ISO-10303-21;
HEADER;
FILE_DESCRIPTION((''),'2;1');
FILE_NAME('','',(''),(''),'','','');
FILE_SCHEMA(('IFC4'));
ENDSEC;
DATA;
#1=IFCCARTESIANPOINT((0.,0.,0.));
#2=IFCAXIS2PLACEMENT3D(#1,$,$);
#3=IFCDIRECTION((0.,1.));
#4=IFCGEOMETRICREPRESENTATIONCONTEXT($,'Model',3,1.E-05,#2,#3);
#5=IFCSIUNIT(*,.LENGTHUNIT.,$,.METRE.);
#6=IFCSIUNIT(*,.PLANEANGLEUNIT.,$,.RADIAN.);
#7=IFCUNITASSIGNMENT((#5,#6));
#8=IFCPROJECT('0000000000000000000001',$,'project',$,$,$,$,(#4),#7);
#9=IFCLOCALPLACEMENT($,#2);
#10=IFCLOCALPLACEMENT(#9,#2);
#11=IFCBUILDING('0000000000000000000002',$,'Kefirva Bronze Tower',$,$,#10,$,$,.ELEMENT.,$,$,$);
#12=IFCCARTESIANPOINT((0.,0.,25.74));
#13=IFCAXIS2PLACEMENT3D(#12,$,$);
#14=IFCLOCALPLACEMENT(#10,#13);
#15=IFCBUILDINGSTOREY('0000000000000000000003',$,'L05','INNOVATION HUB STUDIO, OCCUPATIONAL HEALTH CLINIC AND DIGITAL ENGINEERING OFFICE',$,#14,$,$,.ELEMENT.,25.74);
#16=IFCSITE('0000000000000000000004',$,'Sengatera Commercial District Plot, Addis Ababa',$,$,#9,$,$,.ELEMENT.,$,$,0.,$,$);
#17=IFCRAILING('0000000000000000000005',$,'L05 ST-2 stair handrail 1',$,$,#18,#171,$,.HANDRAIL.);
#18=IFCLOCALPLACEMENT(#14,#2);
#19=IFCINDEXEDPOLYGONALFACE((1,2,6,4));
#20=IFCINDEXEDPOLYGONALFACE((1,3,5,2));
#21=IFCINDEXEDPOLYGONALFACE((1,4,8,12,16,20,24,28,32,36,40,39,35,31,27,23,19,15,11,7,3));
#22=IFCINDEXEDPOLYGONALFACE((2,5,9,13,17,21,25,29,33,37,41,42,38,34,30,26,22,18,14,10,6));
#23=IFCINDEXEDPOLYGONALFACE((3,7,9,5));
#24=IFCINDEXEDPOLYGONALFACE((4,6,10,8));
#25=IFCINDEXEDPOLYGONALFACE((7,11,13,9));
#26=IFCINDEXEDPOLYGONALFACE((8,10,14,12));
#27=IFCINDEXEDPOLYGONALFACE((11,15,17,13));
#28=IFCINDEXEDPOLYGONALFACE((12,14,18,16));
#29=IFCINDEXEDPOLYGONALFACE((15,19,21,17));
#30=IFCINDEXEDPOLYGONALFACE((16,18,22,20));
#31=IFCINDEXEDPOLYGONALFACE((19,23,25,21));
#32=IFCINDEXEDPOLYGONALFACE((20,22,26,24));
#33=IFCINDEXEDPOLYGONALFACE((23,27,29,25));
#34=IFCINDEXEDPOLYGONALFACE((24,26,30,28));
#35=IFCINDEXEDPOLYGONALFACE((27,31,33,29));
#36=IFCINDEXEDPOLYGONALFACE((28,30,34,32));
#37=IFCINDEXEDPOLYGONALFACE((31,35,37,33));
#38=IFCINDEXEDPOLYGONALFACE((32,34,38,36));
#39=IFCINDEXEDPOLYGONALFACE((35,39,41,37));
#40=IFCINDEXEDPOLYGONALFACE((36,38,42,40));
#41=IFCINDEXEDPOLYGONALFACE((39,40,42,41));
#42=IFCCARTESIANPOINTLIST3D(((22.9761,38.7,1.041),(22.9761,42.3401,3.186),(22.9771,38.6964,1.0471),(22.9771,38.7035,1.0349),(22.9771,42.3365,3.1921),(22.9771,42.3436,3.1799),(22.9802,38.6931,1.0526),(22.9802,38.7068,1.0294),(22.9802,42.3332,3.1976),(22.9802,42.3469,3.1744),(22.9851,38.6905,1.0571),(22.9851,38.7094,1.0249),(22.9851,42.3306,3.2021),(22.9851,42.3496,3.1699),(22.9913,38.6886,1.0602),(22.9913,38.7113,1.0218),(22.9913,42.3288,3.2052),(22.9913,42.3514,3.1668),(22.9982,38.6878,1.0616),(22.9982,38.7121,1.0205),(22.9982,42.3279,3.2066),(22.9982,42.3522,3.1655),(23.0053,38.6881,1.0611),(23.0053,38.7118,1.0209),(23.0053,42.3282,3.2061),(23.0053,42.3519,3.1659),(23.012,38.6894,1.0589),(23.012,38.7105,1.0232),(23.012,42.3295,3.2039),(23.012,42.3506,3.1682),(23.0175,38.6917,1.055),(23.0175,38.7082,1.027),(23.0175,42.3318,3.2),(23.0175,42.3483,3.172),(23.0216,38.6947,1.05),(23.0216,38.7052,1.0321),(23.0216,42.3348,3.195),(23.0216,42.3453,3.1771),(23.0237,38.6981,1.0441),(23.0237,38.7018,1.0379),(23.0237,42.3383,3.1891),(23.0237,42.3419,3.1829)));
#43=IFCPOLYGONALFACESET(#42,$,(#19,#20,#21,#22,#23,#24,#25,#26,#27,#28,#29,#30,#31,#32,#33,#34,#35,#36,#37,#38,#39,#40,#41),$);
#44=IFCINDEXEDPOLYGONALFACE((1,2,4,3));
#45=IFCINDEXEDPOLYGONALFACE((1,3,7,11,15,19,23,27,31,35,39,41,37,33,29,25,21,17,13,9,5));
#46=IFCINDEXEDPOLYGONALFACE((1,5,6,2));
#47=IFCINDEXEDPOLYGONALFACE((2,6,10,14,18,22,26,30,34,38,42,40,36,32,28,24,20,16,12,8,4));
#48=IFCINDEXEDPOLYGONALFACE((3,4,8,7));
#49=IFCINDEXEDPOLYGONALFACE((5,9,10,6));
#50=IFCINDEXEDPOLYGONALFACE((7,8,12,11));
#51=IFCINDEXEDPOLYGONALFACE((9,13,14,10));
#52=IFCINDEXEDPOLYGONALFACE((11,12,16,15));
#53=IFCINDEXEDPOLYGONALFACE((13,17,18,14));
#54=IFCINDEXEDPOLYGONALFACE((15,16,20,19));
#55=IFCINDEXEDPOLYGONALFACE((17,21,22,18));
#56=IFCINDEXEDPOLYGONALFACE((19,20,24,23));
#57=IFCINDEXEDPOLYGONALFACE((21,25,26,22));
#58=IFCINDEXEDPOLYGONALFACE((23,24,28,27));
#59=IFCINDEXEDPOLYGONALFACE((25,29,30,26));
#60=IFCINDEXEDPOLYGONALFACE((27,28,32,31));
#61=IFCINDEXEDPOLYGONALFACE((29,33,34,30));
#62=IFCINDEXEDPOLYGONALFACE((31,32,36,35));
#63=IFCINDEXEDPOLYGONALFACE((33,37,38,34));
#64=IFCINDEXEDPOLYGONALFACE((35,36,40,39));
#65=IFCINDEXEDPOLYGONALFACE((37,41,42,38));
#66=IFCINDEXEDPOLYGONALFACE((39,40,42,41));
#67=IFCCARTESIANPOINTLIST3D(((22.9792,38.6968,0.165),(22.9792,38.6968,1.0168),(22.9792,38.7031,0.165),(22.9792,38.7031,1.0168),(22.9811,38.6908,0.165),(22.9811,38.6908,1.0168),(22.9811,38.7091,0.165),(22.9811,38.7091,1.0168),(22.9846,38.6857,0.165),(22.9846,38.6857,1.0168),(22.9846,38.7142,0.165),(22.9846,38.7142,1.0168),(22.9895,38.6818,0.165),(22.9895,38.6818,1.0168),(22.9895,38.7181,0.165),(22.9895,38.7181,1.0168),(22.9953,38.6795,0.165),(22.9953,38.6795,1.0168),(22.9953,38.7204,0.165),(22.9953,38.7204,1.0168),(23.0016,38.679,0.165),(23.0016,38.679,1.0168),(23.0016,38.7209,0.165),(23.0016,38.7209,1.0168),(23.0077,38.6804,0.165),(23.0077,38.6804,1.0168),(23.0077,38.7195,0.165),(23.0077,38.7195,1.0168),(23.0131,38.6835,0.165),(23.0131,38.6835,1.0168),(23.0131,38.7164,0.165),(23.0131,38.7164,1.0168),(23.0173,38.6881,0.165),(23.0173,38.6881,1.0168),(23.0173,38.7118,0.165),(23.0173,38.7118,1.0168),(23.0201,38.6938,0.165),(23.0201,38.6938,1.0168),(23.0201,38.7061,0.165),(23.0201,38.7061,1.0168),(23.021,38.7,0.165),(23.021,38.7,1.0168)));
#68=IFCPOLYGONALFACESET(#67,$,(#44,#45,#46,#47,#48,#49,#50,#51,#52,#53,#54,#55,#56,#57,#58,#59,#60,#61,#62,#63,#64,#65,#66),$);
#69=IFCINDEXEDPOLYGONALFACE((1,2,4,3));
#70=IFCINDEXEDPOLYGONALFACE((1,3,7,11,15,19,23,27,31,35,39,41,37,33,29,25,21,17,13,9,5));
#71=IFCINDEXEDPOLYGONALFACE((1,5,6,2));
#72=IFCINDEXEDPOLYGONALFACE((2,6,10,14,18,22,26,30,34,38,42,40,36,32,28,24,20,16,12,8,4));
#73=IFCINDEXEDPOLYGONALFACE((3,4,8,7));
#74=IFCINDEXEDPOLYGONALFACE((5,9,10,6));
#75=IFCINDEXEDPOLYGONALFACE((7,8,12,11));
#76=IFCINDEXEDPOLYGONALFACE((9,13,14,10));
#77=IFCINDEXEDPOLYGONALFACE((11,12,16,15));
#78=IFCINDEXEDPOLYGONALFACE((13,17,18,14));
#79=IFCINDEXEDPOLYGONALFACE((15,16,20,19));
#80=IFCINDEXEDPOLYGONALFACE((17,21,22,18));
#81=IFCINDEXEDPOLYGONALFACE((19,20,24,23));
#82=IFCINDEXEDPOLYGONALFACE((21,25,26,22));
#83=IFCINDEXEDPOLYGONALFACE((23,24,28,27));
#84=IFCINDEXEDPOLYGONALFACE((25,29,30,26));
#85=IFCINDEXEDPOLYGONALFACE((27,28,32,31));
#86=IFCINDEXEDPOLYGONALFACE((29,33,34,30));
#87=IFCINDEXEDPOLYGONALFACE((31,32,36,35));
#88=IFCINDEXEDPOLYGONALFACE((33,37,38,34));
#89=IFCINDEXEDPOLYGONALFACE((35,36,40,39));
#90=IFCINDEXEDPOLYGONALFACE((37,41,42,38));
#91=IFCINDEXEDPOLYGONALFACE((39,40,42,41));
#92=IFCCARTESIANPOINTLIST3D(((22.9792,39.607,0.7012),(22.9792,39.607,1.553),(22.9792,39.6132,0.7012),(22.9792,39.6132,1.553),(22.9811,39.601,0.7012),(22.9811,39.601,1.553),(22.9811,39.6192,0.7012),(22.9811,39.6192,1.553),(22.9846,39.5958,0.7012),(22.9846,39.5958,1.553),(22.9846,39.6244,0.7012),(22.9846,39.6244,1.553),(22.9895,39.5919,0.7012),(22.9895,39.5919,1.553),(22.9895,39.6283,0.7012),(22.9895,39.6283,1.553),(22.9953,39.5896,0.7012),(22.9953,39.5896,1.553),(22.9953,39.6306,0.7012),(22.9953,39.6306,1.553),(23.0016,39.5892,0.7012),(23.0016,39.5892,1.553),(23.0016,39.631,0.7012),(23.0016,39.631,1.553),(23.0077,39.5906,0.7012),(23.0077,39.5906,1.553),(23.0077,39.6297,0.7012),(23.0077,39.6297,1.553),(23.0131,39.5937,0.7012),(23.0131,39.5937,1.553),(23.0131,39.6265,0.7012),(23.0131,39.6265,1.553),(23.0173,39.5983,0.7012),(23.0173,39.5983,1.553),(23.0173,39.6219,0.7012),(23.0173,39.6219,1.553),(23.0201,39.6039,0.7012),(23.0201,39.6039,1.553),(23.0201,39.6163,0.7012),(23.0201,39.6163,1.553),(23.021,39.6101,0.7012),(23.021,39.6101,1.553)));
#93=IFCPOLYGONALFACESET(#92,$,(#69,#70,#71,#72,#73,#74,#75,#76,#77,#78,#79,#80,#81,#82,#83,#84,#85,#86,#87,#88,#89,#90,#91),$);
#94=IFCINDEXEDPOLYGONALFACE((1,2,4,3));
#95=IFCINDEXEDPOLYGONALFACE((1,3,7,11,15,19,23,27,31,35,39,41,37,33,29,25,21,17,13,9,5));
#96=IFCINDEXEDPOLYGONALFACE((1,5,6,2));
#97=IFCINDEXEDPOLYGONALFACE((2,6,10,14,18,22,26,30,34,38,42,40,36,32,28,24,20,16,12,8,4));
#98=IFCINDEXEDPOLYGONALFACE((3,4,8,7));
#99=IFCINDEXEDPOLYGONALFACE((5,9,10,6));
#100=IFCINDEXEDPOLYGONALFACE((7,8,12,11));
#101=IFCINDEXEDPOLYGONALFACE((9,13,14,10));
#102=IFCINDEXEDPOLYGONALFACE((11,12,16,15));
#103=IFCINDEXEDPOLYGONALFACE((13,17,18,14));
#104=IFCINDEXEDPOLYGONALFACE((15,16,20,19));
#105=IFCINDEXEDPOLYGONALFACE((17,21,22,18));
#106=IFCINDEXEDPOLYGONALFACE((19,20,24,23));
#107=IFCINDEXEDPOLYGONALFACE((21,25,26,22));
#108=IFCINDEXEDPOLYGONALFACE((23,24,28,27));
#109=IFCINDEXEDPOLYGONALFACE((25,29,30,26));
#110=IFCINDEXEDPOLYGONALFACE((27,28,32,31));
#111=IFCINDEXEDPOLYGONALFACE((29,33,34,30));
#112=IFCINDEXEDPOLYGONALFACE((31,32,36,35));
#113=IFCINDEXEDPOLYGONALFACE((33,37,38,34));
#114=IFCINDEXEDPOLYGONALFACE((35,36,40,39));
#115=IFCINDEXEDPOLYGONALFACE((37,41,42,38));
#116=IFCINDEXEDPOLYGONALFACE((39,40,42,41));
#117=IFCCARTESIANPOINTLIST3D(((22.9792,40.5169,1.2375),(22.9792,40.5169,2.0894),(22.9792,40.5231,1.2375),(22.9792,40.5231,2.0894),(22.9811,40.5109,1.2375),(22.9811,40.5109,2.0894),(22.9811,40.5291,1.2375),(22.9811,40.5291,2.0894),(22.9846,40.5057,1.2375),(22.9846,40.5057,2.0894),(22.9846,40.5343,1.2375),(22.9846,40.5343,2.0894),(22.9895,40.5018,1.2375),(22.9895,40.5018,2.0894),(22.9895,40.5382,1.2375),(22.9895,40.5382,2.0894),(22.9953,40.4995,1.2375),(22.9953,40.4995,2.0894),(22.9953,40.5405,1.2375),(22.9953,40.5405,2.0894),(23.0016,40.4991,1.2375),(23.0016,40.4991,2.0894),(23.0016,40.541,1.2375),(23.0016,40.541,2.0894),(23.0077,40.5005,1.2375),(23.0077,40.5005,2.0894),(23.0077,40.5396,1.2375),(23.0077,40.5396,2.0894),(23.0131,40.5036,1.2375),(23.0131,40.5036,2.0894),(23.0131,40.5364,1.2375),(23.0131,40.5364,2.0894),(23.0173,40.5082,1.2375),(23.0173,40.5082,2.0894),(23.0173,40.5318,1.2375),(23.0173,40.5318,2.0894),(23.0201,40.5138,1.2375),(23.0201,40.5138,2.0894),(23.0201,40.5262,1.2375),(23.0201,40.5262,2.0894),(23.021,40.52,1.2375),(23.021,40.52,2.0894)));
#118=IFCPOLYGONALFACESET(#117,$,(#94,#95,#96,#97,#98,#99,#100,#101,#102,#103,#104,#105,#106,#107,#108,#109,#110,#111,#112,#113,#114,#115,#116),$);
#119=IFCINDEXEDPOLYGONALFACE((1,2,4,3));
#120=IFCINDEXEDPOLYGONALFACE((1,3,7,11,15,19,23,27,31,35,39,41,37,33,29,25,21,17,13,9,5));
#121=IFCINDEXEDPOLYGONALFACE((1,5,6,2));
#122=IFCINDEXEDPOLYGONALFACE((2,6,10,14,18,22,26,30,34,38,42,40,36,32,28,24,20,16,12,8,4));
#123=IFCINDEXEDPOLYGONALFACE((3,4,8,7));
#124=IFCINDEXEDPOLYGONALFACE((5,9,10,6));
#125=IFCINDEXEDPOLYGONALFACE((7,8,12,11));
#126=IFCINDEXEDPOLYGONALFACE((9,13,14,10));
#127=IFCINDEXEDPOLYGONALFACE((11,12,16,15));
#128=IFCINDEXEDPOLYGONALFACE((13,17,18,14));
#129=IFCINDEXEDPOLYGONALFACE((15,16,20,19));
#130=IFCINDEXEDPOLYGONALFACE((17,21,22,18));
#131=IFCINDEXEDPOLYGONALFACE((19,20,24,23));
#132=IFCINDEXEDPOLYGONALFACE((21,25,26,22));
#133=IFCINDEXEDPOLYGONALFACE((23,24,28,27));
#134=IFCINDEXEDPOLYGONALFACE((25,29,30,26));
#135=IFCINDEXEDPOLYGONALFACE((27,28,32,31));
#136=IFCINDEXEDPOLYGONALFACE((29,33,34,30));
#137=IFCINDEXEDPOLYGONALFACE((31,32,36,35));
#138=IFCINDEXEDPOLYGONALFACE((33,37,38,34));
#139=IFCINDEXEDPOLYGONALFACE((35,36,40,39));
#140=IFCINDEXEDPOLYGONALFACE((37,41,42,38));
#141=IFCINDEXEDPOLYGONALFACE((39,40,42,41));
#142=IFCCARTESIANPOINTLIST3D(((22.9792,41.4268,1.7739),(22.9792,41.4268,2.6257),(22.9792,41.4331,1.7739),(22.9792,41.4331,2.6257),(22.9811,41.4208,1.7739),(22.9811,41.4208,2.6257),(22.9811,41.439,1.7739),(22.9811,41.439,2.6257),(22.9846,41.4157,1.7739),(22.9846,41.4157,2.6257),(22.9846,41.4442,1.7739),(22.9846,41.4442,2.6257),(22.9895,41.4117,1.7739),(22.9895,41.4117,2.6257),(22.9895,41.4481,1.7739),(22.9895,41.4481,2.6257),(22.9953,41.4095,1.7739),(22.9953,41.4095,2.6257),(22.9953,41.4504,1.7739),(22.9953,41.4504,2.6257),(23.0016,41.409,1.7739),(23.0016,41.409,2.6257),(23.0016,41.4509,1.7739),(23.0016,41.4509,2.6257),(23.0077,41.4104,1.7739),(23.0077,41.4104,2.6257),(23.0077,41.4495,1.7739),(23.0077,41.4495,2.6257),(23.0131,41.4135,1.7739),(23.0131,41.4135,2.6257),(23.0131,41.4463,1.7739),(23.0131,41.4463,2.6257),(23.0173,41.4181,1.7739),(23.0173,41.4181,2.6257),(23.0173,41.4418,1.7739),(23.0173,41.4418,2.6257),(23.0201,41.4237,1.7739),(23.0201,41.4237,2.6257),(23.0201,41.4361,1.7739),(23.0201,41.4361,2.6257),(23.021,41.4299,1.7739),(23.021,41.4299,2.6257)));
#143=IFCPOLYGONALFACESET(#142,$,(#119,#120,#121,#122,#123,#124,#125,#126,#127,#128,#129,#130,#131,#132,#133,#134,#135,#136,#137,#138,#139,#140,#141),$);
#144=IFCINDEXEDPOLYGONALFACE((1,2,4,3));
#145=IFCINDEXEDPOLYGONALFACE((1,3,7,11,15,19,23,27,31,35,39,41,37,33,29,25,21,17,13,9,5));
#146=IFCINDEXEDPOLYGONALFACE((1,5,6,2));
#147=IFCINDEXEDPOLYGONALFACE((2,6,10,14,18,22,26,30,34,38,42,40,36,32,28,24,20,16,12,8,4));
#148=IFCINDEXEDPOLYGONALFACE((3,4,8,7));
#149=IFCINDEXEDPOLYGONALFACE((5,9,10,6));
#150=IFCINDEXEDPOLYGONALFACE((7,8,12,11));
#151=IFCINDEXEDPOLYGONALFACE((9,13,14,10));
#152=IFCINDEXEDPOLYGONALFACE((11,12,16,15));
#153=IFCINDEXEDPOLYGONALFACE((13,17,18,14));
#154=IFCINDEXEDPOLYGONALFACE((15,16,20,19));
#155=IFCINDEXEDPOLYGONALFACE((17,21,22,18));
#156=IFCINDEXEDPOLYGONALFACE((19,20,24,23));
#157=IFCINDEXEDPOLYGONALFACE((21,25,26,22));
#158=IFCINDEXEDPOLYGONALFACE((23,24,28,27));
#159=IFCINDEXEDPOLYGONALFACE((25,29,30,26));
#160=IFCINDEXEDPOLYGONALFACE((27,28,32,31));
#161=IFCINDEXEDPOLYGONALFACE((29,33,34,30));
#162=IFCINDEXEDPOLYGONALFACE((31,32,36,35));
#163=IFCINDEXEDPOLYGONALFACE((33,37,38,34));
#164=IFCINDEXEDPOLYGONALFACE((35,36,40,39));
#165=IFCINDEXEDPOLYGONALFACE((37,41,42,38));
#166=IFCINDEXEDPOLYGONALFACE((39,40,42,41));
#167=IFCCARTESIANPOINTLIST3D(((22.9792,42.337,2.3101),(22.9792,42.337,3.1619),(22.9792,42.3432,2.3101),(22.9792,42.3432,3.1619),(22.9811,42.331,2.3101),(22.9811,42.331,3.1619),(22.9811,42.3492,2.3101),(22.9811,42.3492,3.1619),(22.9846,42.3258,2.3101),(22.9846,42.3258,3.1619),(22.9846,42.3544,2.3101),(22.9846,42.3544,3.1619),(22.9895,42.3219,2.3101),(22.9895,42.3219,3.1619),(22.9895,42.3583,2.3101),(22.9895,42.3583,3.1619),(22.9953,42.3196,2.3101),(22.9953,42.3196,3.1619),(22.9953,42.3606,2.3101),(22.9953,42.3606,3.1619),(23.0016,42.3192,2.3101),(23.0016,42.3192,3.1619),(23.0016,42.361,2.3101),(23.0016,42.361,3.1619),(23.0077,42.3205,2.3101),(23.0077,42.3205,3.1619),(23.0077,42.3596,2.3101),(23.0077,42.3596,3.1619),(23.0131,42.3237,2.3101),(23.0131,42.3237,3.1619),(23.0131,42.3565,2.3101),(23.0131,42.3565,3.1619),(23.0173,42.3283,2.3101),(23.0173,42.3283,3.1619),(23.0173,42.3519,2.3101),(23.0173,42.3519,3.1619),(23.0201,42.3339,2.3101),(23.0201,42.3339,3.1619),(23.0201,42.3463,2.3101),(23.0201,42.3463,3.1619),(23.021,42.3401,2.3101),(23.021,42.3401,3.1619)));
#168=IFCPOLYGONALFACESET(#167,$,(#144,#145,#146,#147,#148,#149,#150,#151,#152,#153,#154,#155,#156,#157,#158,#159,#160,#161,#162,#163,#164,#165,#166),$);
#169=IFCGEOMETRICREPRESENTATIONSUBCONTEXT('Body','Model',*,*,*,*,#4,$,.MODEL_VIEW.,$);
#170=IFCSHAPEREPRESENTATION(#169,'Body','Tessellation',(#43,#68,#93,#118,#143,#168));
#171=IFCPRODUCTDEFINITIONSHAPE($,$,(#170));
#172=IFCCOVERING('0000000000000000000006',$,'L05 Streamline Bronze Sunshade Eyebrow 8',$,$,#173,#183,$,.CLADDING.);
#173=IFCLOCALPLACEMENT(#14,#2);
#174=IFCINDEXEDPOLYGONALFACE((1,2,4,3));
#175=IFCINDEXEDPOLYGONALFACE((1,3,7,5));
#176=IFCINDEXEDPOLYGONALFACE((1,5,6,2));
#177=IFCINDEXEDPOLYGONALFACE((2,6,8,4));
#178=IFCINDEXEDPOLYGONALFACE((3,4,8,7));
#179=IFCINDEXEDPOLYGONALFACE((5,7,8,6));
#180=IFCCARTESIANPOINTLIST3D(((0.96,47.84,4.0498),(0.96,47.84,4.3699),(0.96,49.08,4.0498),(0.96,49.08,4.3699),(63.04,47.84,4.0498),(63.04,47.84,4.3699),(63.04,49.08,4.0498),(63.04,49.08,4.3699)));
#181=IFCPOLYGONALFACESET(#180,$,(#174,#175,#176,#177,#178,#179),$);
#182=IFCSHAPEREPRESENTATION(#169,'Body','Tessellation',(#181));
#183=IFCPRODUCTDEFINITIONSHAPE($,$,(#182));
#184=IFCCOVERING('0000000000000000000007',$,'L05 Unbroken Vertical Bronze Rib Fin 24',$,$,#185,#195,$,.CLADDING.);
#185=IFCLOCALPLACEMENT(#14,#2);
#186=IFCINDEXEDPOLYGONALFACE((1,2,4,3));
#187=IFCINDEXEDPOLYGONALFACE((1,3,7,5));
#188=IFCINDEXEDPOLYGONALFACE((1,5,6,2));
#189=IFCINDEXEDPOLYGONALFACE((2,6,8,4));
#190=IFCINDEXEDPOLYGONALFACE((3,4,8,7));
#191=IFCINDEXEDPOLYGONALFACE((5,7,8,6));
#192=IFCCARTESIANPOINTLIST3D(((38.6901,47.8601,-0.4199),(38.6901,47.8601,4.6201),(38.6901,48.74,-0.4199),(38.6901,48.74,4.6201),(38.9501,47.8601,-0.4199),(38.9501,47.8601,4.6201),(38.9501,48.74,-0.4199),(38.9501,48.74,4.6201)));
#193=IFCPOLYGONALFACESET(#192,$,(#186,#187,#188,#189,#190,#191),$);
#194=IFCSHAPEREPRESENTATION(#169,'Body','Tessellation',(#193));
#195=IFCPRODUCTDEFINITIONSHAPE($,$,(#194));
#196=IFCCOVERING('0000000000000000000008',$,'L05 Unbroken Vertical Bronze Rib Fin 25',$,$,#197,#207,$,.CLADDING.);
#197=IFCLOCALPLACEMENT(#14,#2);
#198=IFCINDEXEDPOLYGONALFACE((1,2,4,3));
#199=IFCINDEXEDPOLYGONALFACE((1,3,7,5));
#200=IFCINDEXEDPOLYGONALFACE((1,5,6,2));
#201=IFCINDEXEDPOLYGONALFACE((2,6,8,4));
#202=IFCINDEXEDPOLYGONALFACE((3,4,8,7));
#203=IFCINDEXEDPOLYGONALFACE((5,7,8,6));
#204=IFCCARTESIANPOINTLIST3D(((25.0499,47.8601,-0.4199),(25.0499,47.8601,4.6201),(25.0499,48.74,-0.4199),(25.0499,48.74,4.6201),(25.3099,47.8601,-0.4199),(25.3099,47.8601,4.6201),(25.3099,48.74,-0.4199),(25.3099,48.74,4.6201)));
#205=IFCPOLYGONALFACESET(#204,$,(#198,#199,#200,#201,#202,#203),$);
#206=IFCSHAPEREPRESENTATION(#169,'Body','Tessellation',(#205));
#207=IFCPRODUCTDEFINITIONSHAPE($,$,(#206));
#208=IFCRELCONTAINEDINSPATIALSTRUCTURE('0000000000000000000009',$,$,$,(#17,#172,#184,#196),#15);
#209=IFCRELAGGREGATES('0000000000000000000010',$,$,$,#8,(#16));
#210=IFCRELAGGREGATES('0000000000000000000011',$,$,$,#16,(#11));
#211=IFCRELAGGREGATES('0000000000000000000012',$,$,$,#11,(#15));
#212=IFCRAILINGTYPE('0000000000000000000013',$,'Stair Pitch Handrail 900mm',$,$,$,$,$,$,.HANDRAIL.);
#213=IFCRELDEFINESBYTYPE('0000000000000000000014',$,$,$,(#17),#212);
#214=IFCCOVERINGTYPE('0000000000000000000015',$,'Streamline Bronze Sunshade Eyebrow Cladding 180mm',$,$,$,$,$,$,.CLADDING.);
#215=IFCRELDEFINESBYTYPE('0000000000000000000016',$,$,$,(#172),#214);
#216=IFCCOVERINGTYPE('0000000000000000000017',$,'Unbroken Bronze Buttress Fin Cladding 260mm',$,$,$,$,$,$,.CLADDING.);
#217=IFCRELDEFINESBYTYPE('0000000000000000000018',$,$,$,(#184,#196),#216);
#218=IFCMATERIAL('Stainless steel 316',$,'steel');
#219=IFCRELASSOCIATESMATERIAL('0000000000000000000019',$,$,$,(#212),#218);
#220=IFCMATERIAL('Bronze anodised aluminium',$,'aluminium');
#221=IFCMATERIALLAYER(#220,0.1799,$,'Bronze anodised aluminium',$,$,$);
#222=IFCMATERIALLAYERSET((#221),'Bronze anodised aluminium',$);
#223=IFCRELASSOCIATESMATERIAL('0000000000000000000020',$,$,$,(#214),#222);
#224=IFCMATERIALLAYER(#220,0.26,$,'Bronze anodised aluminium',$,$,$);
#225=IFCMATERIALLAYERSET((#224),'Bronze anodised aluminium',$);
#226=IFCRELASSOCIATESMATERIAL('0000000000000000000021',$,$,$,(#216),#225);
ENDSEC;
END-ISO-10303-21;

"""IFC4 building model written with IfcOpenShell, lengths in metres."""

from ifc_helpers import new_model, si_unit, direction, frame, origin, origin_2d, place, context, subcontext, project, spatial, rectangle, circle, extrude, material, layer, layer_set, type_object, element, save


model = new_model("IFC4")

# Units and contexts
model_context = context("Model", 3, precision=1e-05, world=origin(), true_north=direction((0.0, 1.0)))
body_context = subcontext(model_context, "Body", "Model", "MODEL_VIEW")
ifc_project = project(units=[si_unit("LENGTHUNIT", "METRE"), si_unit("PLANEANGLEUNIT", "RADIAN")], contexts=[model_context])

# Site, building, storey
site_placement = place(None, origin())
site = spatial("IfcSite", under=ifc_project, at=site_placement, Name="Sengatera Commercial District Plot, Addis Ababa", CompositionType="ELEMENT", RefElevation=0.0)
building_placement = place(site_placement, origin())
building = spatial("IfcBuilding", under=site, at=building_placement, Name="Kefirva Bronze Tower", CompositionType="ELEMENT")
storey_placement = place(building_placement, frame((0.0, 0.0, 25.74)))
storey = spatial("IfcBuildingStorey", under=building, at=storey_placement, Name="L05", Description="INNOVATION HUB STUDIO, OCCUPATIONAL HEALTH CLINIC AND DIGITAL ENGINEERING OFFICE", CompositionType="ELEMENT", Elevation=25.74)

# Shared definitions
ifc_material_1 = material(Name="Bronze anodised aluminium", Category="aluminium")

# Shared definitions
ifc_material_2 = material(Name="Stainless steel 316", Category="steel")

# Railing
railing_type_1 = type_object("IfcRailingType", Name="Stair Pitch Handrail 900mm", PredefinedType="HANDRAIL", material=ifc_material_2)
railing_1_placement = place(storey_placement, frame((23.0, 38.7, 0.165)))
element("IfcRailing", 1, at=railing_1_placement, inside=storey, type_object=railing_type_1, Name="L05 ST-2 stair handrail 1", PredefinedType="HANDRAIL", context=body_context, shape_type="SweptSolid", body=[
    extrude(circle(Radius=0.0239, at=origin_2d()), frame((0.0, 0.0, 0.876), z_axis=(0.0, 0.861545, 0.507682), x_axis=(-1.0, 0.0, 0.0)), (0.0, 0.0, 1.0), 4.2251),
    extrude(circle(Radius=0.021, at=origin_2d()), origin(), (0.0, 0.0, 1.0), 0.8518),
    extrude(circle(Radius=0.021, at=origin_2d()), frame((0.0, 0.9102, 0.5361)), (0.0, 0.0, 1.0), 0.8518),
    extrude(circle(Radius=0.021, at=origin_2d()), frame((0.0, 1.8201, 1.0725)), (0.0, 0.0, 1.0), 0.8518),
    extrude(circle(Radius=0.021, at=origin_2d()), frame((0.0, 2.73, 1.6089)), (0.0, 0.0, 1.0), 0.8518),
    extrude(circle(Radius=0.021, at=origin_2d()), frame((0.0, 3.6401, 2.145)), (0.0, 0.0, 1.0), 0.8518),
])

# Coverings
ifc_layer_1 = layer(ifc_material_1, 0.1799, Name="Bronze anodised aluminium")
ifc_layer_set_1 = layer_set([ifc_layer_1], Name="Bronze anodised aluminium")
covering_type_1 = type_object("IfcCoveringType", Name="Streamline Bronze Sunshade Eyebrow Cladding 180mm", PredefinedType="CLADDING", material=ifc_layer_set_1)
covering_1_placement = place(storey_placement, frame((32.0, 48.46, 4.0498), z_axis=(0.0, 0.0, 1.0), x_axis=(-1.0, 0.0, 0.0)))
element("IfcCovering", 2, at=covering_1_placement, inside=storey, type_object=covering_type_1, Name="L05 Streamline Bronze Sunshade Eyebrow 8", PredefinedType="CLADDING", context=body_context, shape_type="SweptSolid", body=[
    extrude(rectangle(XDim=62.0801, YDim=1.24, at=origin_2d()), origin(), (0.0, 0.0, 1.0), 0.3201),
])
ifc_layer_2 = layer(ifc_material_1, 0.26, Name="Bronze anodised aluminium")
ifc_layer_set_2 = layer_set([ifc_layer_2], Name="Bronze anodised aluminium")
covering_type_2 = type_object("IfcCoveringType", Name="Unbroken Bronze Buttress Fin Cladding 260mm", PredefinedType="CLADDING", material=ifc_layer_set_2)
for number, where, z_axis, x_axis, name in (
    (3, (38.8201, 48.3, -0.4199), (0.0, 0.0, 1.0), (-1.0, 0.0, 0.0), "L05 Unbroken Vertical Bronze Rib Fin 24"),
    (4, (25.1799, 48.3, -0.4199), (0.0, 0.0, 1.0), (-1.0, 0.0, 0.0), "L05 Unbroken Vertical Bronze Rib Fin 25"),
):
    element("IfcCovering", number, at=place(storey_placement, frame(where, z_axis=z_axis, x_axis=x_axis)), inside=storey, type_object=covering_type_2, Name=name, PredefinedType="CLADDING", context=body_context, shape_type="SweptSolid", body=[
        extrude(rectangle(XDim=0.26, YDim=0.8799, at=origin_2d()), origin(), (0.0, 0.0, 1.0), 5.04),
    ])

save(model, "model.ifc")
